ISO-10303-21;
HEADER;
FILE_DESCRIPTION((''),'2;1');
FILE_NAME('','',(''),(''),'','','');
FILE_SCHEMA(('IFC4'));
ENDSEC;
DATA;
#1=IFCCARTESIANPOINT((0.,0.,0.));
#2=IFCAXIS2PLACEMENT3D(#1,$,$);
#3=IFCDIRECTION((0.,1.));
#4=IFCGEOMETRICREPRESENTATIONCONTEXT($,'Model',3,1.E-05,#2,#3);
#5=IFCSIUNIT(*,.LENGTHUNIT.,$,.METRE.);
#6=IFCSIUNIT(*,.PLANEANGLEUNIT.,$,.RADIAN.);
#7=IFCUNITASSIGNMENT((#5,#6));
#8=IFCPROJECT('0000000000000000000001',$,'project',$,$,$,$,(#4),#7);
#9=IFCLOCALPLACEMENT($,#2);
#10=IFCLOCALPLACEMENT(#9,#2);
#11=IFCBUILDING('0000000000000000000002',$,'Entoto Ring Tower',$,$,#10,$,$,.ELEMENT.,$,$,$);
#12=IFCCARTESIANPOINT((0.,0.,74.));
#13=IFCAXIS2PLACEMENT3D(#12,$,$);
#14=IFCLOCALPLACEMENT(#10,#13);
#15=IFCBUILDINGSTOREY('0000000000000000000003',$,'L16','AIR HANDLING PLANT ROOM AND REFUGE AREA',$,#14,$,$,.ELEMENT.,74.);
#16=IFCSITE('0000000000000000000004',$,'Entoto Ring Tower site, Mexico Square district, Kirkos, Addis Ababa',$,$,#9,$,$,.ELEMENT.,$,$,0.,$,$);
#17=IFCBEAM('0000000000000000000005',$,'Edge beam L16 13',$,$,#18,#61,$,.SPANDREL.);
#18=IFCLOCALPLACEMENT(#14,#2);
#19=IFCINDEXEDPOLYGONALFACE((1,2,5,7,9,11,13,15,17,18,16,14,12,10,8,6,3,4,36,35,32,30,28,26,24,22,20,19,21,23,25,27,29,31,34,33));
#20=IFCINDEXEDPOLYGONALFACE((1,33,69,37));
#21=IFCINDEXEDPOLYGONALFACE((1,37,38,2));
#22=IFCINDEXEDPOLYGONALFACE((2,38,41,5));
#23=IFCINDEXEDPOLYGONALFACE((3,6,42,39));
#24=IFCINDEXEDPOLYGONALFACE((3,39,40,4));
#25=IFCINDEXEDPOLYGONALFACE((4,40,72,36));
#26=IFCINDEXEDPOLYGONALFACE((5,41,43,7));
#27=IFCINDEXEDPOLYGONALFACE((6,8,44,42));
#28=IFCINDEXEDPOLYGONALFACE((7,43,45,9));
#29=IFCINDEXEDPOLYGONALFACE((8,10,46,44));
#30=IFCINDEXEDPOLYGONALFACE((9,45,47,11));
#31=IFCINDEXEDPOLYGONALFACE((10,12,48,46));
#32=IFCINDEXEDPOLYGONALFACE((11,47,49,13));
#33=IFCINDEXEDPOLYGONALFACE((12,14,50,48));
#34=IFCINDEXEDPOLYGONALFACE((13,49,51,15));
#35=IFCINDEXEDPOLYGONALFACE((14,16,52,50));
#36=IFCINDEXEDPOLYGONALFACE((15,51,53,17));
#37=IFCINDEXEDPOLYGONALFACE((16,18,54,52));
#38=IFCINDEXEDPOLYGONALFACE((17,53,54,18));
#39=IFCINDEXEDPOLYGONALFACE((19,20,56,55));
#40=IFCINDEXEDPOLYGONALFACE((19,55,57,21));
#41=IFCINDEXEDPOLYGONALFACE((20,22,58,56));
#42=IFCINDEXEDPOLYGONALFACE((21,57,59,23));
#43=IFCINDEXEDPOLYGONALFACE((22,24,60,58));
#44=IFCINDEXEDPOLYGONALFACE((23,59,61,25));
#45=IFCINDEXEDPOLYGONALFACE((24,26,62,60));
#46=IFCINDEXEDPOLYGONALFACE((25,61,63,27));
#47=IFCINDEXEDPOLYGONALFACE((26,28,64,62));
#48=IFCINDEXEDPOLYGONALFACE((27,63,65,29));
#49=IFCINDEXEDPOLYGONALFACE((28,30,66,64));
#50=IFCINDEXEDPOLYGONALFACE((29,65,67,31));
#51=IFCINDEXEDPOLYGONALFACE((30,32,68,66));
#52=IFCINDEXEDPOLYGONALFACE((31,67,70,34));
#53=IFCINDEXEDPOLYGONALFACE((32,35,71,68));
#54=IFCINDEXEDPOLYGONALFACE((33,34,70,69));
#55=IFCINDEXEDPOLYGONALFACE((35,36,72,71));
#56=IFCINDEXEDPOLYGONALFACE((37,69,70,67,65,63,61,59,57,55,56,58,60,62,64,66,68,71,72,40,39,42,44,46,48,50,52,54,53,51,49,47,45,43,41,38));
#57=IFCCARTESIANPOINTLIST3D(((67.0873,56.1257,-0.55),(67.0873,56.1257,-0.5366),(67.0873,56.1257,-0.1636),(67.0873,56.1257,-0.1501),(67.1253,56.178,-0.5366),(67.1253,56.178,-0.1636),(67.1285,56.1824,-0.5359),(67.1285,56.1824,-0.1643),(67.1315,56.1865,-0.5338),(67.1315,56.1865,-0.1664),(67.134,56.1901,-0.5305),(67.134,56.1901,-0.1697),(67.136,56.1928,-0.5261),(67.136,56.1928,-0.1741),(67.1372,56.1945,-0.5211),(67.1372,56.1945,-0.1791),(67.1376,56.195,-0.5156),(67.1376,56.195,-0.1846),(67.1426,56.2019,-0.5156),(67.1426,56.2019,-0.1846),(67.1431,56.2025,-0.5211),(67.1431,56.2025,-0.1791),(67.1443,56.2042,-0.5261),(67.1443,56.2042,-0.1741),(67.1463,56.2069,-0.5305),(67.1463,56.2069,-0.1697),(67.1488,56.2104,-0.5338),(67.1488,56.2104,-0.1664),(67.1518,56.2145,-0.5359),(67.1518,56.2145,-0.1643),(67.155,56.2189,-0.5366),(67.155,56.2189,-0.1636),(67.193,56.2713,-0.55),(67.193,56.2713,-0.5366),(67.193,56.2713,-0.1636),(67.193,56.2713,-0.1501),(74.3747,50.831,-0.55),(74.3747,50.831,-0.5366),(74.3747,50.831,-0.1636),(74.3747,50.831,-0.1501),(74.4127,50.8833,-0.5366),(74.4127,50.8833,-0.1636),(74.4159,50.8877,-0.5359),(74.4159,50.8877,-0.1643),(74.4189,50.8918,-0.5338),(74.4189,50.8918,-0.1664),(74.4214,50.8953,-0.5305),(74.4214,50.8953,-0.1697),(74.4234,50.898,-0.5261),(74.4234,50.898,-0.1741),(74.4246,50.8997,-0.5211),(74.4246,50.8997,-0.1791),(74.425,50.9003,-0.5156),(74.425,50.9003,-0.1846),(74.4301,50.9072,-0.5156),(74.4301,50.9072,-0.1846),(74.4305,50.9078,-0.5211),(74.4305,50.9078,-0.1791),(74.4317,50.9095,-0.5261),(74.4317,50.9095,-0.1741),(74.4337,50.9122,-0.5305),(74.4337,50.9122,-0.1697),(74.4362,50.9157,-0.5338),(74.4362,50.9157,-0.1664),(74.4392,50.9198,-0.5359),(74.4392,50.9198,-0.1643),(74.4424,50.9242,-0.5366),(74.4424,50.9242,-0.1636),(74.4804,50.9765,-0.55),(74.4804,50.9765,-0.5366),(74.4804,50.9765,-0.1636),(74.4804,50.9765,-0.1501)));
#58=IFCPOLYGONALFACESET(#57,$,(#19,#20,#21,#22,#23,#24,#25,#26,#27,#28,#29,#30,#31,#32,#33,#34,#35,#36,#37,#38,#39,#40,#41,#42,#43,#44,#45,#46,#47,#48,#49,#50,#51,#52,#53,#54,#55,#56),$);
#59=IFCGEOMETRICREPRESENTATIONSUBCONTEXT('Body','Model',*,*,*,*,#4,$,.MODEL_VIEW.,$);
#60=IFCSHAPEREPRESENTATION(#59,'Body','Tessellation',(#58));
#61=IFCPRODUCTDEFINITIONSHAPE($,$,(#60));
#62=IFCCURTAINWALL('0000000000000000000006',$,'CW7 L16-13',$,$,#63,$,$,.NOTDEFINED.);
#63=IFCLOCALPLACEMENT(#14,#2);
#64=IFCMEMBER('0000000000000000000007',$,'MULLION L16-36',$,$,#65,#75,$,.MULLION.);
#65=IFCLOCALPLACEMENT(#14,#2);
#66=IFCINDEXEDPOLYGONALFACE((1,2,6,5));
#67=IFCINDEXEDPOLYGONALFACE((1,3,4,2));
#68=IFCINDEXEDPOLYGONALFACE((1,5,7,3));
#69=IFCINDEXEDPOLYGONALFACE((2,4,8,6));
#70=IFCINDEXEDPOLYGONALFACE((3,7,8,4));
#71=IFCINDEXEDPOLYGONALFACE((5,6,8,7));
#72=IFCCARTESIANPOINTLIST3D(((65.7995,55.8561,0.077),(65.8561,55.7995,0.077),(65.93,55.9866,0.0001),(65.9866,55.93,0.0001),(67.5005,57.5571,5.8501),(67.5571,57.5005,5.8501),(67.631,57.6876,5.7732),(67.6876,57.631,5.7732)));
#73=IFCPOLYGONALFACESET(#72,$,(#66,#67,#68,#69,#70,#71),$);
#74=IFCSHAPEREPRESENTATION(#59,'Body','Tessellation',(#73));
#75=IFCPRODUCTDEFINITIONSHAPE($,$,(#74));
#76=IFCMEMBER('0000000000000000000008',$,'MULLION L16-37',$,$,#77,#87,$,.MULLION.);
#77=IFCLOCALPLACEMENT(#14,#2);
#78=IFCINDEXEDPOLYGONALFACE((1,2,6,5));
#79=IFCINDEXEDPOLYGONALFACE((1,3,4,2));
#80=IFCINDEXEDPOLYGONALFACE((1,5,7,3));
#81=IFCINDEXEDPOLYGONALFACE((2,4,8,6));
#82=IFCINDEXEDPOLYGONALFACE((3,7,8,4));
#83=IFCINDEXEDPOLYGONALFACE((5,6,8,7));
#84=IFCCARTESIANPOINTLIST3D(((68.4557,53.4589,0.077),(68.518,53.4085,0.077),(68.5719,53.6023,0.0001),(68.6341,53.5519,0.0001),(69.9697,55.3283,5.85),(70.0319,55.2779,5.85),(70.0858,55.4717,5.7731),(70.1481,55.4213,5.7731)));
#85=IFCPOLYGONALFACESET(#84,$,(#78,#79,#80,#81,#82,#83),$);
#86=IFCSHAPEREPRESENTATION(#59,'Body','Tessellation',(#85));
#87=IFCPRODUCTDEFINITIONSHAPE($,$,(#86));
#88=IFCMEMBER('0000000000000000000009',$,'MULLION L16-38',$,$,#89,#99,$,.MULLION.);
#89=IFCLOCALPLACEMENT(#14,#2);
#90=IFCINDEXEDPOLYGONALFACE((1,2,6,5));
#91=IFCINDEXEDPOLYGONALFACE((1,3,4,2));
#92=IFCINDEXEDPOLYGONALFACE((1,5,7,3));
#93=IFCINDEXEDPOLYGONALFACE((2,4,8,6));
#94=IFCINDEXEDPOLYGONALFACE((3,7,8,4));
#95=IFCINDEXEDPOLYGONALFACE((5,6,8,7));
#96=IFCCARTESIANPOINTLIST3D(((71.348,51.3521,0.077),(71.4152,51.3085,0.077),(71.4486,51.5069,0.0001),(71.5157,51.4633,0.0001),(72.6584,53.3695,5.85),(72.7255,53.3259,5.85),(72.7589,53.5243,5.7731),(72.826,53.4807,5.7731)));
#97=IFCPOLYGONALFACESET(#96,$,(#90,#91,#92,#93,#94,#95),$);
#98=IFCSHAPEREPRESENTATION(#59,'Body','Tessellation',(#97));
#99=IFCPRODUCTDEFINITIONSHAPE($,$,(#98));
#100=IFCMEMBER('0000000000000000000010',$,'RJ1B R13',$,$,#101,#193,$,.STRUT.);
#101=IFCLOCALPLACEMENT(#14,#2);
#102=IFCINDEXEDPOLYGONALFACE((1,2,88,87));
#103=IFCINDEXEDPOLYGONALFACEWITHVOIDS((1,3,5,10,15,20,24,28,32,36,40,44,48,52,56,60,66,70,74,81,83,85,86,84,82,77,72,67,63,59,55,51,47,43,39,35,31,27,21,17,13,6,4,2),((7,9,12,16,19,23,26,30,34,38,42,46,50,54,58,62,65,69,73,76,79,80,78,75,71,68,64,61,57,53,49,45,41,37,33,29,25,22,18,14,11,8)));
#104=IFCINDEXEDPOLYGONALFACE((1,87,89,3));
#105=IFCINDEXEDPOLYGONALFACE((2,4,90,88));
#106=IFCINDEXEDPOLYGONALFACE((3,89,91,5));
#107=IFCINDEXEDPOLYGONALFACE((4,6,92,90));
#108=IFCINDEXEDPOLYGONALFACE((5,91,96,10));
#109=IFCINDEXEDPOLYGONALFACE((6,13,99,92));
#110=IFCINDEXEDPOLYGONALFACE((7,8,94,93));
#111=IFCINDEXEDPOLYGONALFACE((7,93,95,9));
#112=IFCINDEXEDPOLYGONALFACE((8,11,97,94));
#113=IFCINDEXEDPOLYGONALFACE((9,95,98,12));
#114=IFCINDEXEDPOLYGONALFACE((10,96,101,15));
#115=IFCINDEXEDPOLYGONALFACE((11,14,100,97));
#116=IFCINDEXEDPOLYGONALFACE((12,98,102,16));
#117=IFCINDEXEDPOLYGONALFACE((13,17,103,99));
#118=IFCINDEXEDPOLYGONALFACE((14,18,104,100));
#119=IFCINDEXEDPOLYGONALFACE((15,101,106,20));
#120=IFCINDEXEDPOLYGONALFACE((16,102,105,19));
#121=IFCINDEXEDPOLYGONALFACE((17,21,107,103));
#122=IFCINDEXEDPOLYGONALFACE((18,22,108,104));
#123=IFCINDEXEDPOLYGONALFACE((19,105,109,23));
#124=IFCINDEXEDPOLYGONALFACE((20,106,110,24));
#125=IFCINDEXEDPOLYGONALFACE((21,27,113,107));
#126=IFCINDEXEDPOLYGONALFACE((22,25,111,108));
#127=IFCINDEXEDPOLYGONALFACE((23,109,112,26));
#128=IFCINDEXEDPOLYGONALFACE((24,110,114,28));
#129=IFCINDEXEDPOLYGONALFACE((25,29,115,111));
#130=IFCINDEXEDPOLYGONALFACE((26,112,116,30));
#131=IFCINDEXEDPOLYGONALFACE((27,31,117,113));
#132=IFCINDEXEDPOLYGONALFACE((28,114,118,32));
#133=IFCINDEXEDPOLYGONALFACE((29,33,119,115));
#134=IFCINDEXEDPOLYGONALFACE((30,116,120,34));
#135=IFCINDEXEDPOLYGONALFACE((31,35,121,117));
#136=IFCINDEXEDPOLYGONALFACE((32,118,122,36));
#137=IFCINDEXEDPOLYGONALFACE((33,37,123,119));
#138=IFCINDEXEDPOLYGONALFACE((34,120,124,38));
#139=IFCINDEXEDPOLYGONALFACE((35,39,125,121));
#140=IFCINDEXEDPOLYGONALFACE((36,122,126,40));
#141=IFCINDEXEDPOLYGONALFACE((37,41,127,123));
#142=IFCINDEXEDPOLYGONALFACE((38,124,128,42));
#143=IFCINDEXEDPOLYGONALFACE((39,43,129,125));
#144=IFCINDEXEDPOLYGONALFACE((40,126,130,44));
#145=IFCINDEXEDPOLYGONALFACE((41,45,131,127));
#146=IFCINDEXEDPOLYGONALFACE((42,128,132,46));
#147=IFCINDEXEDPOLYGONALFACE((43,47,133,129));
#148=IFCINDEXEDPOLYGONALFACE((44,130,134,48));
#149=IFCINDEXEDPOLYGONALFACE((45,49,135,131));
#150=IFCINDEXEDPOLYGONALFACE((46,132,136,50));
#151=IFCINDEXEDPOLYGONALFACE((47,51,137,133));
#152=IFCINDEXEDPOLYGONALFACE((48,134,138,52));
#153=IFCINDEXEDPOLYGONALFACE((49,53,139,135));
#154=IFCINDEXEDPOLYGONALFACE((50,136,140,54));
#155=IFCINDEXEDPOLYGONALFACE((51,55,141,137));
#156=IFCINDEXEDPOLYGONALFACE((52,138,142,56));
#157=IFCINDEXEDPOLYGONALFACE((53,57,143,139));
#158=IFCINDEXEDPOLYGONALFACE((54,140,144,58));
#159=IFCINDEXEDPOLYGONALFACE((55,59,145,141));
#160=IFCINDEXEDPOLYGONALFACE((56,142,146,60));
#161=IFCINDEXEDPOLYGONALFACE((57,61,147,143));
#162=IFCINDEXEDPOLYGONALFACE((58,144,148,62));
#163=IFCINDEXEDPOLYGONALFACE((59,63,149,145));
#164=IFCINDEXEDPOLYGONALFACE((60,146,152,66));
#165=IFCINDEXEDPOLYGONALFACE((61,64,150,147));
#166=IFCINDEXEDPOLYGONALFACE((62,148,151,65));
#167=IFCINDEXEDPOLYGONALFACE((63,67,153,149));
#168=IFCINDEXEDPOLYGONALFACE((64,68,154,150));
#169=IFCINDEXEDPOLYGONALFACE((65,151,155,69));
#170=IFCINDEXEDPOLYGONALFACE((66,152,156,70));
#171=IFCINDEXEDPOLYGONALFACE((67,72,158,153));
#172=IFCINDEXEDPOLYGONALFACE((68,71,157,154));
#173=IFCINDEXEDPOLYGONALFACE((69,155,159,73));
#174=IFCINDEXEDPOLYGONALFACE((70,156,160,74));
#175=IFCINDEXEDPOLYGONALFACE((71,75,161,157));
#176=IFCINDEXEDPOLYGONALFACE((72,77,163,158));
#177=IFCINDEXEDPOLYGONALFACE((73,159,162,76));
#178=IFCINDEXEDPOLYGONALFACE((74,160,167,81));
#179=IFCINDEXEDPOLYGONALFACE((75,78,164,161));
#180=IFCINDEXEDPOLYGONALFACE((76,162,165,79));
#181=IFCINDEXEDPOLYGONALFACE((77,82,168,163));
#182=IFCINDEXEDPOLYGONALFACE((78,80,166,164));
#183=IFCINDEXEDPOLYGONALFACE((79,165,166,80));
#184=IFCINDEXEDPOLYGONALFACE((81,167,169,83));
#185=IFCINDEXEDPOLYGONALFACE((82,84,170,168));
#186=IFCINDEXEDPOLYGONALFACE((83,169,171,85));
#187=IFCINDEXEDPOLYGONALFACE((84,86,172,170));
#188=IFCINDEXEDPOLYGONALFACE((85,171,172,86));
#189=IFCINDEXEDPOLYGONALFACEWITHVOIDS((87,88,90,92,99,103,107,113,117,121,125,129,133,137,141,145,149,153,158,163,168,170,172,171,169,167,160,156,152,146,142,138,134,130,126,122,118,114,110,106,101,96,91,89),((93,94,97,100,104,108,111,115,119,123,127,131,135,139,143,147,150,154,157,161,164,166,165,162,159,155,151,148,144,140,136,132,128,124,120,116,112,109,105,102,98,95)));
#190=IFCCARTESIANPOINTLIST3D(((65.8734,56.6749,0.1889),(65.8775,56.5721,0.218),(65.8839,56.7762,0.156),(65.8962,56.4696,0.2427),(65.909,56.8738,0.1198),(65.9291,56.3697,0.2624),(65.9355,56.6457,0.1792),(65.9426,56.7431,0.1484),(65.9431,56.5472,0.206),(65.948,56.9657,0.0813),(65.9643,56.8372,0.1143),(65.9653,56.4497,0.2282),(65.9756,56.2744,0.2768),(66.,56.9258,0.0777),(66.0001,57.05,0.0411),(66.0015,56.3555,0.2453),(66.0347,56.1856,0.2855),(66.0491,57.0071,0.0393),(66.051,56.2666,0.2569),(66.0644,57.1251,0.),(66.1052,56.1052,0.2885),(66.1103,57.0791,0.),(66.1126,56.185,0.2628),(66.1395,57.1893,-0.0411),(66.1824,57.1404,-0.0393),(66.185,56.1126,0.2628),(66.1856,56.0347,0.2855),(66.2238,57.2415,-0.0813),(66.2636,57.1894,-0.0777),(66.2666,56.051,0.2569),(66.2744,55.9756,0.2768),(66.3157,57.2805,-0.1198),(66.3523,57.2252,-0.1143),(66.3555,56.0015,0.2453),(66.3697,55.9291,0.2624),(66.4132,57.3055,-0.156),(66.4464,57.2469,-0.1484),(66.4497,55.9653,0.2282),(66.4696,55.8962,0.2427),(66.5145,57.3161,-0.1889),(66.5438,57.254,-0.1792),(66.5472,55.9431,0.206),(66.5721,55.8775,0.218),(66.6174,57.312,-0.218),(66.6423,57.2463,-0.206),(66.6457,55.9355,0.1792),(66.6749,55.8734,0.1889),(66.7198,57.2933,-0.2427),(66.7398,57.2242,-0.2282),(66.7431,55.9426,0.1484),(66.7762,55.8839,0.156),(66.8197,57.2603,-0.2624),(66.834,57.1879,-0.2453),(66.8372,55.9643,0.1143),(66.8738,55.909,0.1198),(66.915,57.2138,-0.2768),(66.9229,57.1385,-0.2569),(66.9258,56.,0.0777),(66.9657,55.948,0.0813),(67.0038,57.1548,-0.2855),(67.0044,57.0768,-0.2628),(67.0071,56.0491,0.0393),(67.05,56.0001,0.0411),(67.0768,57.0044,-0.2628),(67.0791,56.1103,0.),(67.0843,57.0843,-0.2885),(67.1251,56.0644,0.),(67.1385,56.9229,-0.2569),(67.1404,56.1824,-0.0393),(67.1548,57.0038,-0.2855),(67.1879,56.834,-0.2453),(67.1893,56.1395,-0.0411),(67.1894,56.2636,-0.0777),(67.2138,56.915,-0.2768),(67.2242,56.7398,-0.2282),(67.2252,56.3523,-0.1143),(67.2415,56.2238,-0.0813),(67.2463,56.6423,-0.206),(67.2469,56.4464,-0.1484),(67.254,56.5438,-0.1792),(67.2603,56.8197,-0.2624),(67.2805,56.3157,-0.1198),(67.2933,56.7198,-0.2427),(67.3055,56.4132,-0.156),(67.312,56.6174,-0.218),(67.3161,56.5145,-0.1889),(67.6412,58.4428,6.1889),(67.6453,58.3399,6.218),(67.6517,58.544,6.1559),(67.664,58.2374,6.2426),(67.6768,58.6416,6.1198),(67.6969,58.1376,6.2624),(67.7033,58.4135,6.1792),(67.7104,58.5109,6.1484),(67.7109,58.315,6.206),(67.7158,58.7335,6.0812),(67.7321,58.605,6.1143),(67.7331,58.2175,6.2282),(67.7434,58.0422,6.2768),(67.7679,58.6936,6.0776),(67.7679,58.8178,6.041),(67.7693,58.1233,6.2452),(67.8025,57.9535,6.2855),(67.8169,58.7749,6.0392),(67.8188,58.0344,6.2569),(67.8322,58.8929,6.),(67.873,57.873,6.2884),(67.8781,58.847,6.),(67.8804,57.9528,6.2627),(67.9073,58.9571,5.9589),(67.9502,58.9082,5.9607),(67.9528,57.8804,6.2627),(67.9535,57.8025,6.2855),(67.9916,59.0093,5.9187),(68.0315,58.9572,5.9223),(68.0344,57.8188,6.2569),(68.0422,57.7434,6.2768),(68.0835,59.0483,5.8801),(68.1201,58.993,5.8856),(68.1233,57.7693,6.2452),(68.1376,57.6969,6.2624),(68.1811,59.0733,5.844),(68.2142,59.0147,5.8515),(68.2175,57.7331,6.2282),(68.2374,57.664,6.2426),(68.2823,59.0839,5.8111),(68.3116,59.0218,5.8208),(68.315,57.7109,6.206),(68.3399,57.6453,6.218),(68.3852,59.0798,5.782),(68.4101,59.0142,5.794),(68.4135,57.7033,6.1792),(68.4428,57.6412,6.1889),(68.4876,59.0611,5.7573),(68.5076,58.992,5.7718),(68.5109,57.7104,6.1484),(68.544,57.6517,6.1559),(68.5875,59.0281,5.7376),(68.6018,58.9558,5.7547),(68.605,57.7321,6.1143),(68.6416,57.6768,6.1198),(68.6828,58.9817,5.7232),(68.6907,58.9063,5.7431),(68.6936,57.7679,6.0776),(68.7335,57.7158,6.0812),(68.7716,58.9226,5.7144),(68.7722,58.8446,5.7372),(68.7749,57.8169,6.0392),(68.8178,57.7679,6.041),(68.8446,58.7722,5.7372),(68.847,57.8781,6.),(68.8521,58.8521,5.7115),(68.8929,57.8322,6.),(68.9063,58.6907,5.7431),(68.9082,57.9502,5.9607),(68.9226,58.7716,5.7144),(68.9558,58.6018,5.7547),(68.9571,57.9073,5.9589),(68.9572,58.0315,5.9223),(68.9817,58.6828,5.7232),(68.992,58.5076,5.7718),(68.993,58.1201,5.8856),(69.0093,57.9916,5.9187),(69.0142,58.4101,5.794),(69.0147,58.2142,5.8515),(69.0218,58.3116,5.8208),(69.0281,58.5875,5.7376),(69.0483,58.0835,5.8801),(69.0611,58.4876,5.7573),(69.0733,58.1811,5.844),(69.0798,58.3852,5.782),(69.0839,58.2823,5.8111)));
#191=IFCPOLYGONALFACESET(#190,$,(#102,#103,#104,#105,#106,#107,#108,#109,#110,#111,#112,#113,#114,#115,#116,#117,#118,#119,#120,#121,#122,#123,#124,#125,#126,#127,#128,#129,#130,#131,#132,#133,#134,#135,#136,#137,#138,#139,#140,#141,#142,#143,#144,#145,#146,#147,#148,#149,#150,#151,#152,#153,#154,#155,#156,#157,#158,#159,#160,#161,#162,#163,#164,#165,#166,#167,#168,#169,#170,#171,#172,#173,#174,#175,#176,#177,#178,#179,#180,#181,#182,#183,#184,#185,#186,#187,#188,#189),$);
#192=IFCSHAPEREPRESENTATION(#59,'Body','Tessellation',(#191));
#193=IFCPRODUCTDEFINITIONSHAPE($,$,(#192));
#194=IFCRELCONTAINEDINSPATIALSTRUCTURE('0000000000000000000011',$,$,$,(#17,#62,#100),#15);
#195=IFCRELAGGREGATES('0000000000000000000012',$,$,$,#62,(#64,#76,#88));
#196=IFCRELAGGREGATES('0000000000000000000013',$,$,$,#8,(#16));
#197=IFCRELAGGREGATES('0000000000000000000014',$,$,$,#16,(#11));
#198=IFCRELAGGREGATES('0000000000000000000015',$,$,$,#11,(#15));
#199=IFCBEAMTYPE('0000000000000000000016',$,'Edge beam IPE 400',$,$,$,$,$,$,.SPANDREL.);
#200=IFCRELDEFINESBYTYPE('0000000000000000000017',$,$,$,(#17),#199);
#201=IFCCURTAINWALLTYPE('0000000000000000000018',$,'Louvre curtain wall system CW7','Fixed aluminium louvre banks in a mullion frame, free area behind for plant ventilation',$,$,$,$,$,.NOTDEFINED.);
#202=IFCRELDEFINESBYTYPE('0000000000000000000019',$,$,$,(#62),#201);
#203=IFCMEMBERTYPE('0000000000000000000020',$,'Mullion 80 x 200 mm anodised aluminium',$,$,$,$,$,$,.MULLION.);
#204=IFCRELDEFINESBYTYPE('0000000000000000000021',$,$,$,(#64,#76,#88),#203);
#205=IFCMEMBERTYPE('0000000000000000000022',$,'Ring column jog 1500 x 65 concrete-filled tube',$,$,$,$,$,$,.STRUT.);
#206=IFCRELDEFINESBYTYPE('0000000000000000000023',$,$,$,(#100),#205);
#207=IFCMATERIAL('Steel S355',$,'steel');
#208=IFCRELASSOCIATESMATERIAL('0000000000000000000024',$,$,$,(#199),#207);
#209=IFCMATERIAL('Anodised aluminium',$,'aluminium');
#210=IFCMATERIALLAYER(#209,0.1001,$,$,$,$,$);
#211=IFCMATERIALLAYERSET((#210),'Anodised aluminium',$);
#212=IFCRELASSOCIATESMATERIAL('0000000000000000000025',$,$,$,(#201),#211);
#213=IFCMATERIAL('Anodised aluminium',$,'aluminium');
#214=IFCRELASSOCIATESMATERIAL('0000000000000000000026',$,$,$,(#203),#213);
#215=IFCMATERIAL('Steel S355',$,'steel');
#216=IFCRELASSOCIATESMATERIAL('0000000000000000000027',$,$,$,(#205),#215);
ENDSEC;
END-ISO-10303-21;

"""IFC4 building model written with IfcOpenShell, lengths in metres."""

from ifc_helpers import new_model, si_unit, direction, frame, origin, origin_2d, place, context, subcontext, project, spatial, rectangle, circle, hollow_circle, i_section, extrude, material, layer, layer_set, material_profile, profile_set, type_object, element, aggregate, save


model = new_model("IFC4")

# Units and contexts
model_context = context("Model", 3, precision=1e-05, world=origin(), true_north=direction((0.0, 1.0)))
body_context = subcontext(model_context, "Body", "Model", "MODEL_VIEW")
ifc_project = project(units=[si_unit("LENGTHUNIT", "METRE"), si_unit("PLANEANGLEUNIT", "RADIAN")], contexts=[model_context])

# Site, building, storey
site_placement = place(None, origin())
site = spatial("IfcSite", under=ifc_project, at=site_placement, Name="Entoto Ring Tower site, Mexico Square district, Kirkos, Addis Ababa", CompositionType="ELEMENT", RefElevation=0.0)
building_placement = place(site_placement, origin())
building = spatial("IfcBuilding", under=site, at=building_placement, Name="Entoto Ring Tower", CompositionType="ELEMENT")
storey_placement = place(building_placement, frame((0.0, 0.0, 74.0)))
storey = spatial("IfcBuildingStorey", under=building, at=storey_placement, Name="L16", Description="AIR HANDLING PLANT ROOM AND REFUGE AREA", CompositionType="ELEMENT", Elevation=74.0)

# Beam
ifc_material_1 = material(Name="Steel S355", Category="steel")
ifc_material_profile_1 = material_profile(ifc_material_1, i_section(OverallWidth=0.1799, OverallDepth=0.3999, WebThickness=0.0085, FlangeThickness=0.0134, FilletRadius=0.021, at=origin_2d()), Name="IPE 400")
ifc_profile_set_1 = profile_set([ifc_material_profile_1], Name="Steel S355")
beam_type = type_object("IfcBeamType", Name="Edge beam IPE 400", PredefinedType="SPANDREL", material=ifc_profile_set_1)
beam_placement = place(storey_placement, frame((67.1401, 56.1985, -0.3501), z_axis=(0.809011, -0.587793, 0.0), x_axis=(0.587793, 0.809011, 0.0)))
element("IfcBeam", 1, at=beam_placement, inside=storey, type_object=beam_type, Name="Edge beam L16 13", PredefinedType="SPANDREL", context=body_context, shape_type="SweptSolid", body=[
    extrude(i_section(OverallWidth=0.1799, OverallDepth=0.3999, WebThickness=0.0085, FlangeThickness=0.0134, FilletRadius=0.021, at=origin_2d()), origin(), (0.0, 0.0, 1.0), 9.0078),
])

# Curtain wall, members
ifc_material_2 = material(Name="Anodised aluminium", Category="aluminium")
ifc_layer_1 = layer(ifc_material_2, 0.1001)
ifc_layer_set_1 = layer_set([ifc_layer_1], Name="Anodised aluminium")
curtain_wall_type = type_object("IfcCurtainWallType", Name="Louvre curtain wall system CW7", Description="Fixed aluminium louvre banks in a mullion frame, free area behind for plant ventilation", PredefinedType="NOTDEFINED", material=ifc_layer_set_1)
curtain_wall_placement = place(storey_placement, origin())
curtain_wall = element("IfcCurtainWall", 2, at=curtain_wall_placement, inside=storey, type_object=curtain_wall_type, Name="CW7 L16-13", PredefinedType="NOTDEFINED")
ifc_material_3 = material(Name="Anodised aluminium", Category="aluminium")
ifc_material_profile_2 = material_profile(ifc_material_3, rectangle(XDim=0.0801, YDim=0.2, at=origin_2d()), Name="Mullion 80 x 200 mm anodised aluminium")
ifc_profile_set_2 = profile_set([ifc_material_profile_2], Name="Anodised aluminium")
member_type_1 = type_object("IfcMemberType", Name="Mullion 80 x 200 mm anodised aluminium", PredefinedType="MULLION", material=ifc_profile_set_2)
member_1_placement = place(storey_placement, frame((65.8931, 55.8931, 0.0386), z_axis=(0.271972, 0.271972, 0.923072), x_axis=(-0.707107, 0.707107, 0.0)))
member_1 = element("IfcMember", 3, at=member_1_placement, type_object=member_type_1, Name="MULLION L16-36", PredefinedType="MULLION", context=body_context, shape_type="SweptSolid", body=[
    extrude(rectangle(XDim=0.0801, YDim=0.2, at=origin_2d()), origin(), (0.0, 0.0, 1.0), 6.2542),
])
member_2_placement = place(storey_placement, frame((68.5449, 53.5054, 0.0386), z_axis=(0.242069, 0.298907, 0.92307), x_axis=(-0.777122, 0.62935, 0.0)))
member_2 = element("IfcMember", 4, at=member_2_placement, type_object=member_type_1, Name="MULLION L16-37", PredefinedType="MULLION", context=body_context, shape_type="SweptSolid", body=[
    extrude(rectangle(XDim=0.0801, YDim=0.2, at=origin_2d()), origin(), (0.0, 0.0, 1.0), 6.2542),
])
member_3_placement = place(storey_placement, frame((71.4319, 51.4077, 0.0386), z_axis=(0.209512, 0.322563, 0.92307), x_axis=(-0.838627, 0.544706, 0.0)))
member_3 = element("IfcMember", 5, at=member_3_placement, type_object=member_type_1, Name="MULLION L16-38", PredefinedType="MULLION", context=body_context, shape_type="SweptSolid", body=[
    extrude(rectangle(XDim=0.0801, YDim=0.2, at=origin_2d()), origin(), (0.0, 0.0, 1.0), 6.2542),
])
aggregate(curtain_wall, [member_1, member_2, member_3])

# Member
ifc_material_4 = material(Name="Steel S355", Category="steel")
ifc_material_profile_3 = material_profile(ifc_material_4, hollow_circle(Radius=0.75, WallThickness=0.0649, at=origin_2d()), Name="CHS 1500 x 65")
ifc_material_5 = material(Name="Concrete C60/75", Category="concrete")
ifc_material_profile_4 = material_profile(ifc_material_5, circle(Radius=0.6851, at=origin_2d()), Name="Concrete C60/75 infill")
ifc_profile_set_3 = profile_set([ifc_material_profile_3, ifc_material_profile_4], Name="Steel S355")
member_type_2 = type_object("IfcMemberType", Name="Ring column jog 1500 x 65 concrete-filled tube", PredefinedType="STRUT", material=ifc_profile_set_3)
member_4_placement = place(storey_placement, frame((66.5947, 56.5947, 0.0), z_axis=(0.271971, 0.271971, 0.923073), x_axis=(-0.707107, 0.707107, 0.0)))
element("IfcMember", 6, at=member_4_placement, inside=storey, type_object=member_type_2, Name="RJ1B R13", PredefinedType="STRUT", context=body_context, shape_type="SweptSolid", body=[
    extrude(hollow_circle(Radius=0.75, WallThickness=0.0649, at=origin_2d()), origin(), (0.0, 0.0, 1.0), 6.5),
])

save(model, "model.ifc")
